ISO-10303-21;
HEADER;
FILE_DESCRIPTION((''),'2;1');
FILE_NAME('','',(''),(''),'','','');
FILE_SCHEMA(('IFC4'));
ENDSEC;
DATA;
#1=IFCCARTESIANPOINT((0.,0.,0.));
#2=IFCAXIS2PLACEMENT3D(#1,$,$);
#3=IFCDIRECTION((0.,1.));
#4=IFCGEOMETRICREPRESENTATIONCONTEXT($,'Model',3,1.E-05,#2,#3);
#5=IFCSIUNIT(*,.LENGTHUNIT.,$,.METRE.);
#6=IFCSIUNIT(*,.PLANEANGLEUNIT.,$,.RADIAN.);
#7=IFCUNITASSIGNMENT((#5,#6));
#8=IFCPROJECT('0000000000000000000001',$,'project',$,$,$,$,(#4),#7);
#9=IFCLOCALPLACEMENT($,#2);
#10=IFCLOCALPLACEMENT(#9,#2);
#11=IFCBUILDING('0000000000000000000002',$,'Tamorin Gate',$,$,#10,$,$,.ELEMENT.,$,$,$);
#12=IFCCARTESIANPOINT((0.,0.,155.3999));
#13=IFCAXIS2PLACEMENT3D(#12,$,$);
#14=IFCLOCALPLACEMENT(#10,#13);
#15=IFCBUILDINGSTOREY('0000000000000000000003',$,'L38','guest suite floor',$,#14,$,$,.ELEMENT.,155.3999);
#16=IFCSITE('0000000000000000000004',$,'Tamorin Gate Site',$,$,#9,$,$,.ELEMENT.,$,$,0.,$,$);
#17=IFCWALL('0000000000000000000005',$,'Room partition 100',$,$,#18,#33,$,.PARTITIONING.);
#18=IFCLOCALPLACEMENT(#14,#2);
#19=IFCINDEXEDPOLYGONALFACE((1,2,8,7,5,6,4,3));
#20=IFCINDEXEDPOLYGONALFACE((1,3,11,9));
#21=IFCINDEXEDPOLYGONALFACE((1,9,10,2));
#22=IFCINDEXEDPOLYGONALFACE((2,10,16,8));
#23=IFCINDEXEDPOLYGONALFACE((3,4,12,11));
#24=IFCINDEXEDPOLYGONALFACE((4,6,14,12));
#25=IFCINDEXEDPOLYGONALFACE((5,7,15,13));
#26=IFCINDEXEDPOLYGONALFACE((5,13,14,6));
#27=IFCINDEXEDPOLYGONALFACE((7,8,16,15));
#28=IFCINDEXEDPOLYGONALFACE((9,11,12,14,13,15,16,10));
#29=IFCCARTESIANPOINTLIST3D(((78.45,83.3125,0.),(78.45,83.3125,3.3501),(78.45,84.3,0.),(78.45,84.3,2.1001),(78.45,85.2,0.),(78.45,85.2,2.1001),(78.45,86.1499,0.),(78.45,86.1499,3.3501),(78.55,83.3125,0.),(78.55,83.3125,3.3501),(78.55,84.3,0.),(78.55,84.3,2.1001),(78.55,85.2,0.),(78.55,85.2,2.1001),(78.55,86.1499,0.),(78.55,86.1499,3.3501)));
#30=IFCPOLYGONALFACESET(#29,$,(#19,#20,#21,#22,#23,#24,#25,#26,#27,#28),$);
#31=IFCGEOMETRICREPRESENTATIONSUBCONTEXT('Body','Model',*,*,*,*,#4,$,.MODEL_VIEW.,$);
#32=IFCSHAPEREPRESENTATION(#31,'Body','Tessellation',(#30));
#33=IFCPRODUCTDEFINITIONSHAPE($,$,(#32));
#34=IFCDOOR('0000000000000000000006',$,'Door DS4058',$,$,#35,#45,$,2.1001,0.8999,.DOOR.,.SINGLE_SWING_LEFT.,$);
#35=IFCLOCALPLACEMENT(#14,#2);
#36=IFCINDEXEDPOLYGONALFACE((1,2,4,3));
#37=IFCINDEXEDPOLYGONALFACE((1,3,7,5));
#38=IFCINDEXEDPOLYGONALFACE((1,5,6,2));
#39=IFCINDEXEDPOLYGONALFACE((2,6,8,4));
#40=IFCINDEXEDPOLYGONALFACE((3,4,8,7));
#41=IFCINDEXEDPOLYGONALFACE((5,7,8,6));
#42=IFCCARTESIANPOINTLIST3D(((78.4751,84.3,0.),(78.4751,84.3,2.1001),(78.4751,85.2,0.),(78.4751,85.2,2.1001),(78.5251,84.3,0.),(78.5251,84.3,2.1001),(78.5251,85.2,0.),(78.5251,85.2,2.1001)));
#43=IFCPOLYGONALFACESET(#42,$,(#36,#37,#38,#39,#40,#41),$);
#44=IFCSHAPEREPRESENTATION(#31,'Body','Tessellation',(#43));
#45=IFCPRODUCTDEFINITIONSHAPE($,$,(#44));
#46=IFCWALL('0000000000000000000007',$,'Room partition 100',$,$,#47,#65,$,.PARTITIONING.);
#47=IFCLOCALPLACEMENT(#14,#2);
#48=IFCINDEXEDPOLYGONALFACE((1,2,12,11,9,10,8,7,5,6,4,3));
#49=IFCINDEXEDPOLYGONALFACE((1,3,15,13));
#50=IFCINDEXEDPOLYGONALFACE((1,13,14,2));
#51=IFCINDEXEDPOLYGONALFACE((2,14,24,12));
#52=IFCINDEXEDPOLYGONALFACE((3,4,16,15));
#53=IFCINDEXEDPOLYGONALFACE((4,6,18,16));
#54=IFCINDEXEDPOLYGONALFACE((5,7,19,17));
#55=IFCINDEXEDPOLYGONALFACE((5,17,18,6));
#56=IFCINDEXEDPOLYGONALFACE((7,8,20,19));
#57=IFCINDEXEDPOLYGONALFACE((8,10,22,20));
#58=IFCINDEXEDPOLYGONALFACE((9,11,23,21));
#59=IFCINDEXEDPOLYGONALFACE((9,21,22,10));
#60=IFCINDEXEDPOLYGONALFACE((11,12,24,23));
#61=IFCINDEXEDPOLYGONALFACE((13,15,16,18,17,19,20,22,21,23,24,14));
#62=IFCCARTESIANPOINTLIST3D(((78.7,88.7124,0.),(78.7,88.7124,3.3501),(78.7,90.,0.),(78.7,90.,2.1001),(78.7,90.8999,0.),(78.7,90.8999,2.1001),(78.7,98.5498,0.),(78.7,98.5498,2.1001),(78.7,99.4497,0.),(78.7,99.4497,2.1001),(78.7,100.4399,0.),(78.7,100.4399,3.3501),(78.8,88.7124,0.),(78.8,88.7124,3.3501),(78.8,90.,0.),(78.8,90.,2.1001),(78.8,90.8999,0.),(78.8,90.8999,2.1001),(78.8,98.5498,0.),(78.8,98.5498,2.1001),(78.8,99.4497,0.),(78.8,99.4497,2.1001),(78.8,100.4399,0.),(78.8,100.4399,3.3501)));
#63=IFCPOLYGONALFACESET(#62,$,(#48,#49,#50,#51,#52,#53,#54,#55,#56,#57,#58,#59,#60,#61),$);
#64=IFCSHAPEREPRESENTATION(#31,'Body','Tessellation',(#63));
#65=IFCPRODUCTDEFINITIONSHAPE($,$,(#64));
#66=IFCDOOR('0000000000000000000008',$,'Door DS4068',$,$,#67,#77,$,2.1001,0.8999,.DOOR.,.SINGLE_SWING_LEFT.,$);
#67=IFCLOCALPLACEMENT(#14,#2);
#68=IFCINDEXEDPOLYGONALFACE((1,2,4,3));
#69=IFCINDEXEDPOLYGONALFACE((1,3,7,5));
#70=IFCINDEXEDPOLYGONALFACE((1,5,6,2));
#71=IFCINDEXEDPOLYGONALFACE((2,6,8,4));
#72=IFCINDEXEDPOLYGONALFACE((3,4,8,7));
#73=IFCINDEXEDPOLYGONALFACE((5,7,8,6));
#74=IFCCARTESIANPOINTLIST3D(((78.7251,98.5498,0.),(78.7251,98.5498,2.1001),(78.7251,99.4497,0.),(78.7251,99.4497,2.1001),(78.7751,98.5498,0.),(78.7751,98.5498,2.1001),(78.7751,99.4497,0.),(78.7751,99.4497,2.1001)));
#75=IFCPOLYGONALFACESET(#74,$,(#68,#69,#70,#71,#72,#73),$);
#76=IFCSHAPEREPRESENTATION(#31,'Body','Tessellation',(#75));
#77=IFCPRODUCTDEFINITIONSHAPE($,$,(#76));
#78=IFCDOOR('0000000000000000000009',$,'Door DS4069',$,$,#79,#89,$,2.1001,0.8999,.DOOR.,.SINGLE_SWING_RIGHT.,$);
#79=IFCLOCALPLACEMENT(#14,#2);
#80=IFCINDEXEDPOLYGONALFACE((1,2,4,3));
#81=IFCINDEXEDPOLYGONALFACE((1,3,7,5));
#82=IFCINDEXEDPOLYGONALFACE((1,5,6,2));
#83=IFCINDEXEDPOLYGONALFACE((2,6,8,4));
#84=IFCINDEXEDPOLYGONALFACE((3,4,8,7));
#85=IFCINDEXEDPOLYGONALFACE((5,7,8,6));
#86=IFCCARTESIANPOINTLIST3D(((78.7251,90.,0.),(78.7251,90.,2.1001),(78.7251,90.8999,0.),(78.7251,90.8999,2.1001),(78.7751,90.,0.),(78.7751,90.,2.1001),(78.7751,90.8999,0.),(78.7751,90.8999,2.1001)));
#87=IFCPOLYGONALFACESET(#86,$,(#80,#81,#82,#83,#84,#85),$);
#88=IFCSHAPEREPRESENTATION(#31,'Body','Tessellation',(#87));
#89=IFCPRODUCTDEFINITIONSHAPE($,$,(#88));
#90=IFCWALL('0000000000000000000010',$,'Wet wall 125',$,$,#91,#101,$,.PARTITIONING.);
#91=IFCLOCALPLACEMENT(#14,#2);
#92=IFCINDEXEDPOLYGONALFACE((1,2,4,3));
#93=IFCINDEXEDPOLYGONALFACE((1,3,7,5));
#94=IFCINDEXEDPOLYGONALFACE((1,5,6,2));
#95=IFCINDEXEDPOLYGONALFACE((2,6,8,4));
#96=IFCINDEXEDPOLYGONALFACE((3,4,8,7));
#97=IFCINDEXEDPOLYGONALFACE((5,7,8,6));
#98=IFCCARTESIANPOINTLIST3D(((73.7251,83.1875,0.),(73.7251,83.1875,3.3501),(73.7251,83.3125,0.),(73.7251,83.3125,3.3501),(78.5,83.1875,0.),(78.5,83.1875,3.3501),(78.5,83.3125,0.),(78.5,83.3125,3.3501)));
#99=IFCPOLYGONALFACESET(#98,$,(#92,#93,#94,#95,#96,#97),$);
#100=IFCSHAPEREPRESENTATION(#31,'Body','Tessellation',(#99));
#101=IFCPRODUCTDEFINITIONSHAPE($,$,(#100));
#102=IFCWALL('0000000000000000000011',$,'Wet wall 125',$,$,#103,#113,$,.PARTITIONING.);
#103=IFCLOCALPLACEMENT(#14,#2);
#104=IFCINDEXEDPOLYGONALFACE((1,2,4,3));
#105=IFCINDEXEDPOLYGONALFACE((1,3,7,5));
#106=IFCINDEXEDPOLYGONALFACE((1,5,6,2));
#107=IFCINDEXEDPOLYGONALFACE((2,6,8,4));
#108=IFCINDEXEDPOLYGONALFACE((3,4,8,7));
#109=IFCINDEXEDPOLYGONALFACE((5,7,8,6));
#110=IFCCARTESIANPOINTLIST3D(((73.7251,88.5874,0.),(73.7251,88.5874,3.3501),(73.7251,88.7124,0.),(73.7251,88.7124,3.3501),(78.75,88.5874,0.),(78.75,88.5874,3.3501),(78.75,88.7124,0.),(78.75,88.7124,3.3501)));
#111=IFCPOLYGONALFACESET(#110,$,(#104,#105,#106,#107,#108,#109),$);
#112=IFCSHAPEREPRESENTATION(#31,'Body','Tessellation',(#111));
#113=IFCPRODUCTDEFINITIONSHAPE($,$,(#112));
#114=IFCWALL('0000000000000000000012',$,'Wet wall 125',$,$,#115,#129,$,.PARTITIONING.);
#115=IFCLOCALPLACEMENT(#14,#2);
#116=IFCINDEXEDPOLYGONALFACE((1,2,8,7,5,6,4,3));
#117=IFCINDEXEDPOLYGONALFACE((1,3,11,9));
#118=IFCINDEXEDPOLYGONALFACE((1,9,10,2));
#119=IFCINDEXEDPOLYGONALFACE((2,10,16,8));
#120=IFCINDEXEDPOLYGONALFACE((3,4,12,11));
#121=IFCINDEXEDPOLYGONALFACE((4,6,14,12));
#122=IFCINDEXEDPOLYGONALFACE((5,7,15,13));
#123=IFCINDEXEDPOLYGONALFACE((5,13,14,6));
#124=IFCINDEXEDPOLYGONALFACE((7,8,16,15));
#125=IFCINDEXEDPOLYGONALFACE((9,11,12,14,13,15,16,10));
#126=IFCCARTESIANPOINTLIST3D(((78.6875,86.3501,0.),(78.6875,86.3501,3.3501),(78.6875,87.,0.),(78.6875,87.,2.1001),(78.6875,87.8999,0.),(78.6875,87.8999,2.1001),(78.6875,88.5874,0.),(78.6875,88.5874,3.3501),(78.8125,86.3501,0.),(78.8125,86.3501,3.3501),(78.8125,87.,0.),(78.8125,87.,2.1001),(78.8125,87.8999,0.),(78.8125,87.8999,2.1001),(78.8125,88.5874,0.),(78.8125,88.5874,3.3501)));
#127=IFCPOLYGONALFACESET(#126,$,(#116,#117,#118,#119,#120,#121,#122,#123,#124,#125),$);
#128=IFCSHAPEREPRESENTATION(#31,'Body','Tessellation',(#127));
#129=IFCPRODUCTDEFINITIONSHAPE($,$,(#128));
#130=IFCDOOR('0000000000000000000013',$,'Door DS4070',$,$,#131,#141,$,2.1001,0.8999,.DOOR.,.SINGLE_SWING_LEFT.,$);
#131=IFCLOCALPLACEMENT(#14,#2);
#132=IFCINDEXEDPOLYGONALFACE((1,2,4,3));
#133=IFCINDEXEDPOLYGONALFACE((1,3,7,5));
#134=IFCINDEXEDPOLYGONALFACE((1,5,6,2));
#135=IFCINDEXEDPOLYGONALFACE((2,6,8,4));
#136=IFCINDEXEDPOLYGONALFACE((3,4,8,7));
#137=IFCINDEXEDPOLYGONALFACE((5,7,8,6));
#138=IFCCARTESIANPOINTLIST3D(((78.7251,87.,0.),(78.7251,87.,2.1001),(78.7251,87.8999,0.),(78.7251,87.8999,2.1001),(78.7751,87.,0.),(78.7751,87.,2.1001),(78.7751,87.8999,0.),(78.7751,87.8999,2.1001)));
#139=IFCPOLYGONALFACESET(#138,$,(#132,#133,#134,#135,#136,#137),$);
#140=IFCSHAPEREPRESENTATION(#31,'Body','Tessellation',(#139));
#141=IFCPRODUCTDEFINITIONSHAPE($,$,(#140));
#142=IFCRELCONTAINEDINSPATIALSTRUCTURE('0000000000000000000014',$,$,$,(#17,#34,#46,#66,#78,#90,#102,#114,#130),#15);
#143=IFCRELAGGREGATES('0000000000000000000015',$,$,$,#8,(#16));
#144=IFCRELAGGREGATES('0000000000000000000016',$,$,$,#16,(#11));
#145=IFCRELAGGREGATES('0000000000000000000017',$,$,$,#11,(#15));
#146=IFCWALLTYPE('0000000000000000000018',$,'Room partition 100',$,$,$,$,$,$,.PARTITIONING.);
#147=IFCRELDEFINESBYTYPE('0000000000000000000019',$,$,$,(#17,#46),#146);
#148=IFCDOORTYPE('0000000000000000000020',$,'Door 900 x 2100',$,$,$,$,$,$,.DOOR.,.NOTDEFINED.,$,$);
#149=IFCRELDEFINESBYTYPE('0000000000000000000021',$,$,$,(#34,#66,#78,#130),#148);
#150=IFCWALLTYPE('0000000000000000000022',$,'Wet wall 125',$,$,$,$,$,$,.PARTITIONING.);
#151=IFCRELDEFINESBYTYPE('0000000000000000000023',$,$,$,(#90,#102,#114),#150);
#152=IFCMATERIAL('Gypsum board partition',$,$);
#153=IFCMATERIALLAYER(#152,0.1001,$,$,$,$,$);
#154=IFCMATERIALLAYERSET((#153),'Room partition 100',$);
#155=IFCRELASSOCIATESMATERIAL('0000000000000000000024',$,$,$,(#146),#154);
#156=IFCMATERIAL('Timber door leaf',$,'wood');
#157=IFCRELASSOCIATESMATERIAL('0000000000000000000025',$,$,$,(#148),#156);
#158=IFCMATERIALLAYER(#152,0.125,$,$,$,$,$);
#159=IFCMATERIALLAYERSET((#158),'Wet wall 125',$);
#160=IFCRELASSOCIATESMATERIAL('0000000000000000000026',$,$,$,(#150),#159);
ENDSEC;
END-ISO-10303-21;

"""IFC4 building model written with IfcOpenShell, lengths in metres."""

from ifc_helpers import new_model, si_unit, direction, frame, frame_2d, origin, place, context, subcontext, project, spatial, rectangle, extrude, material, layer, layer_set, type_object, element, fill, save


model = new_model("IFC4")

# Units and contexts
model_context = context("Model", 3, precision=1e-05, world=origin(), true_north=direction((0.0, 1.0)))
body_context = subcontext(model_context, "Body", "Model", "MODEL_VIEW")
ifc_project = project(units=[si_unit("LENGTHUNIT", "METRE"), si_unit("PLANEANGLEUNIT", "RADIAN")], contexts=[model_context])

# Site, building, storey
site_placement = place(None, origin())
site = spatial("IfcSite", under=ifc_project, at=site_placement, Name="Tamorin Gate Site", CompositionType="ELEMENT", RefElevation=0.0)
building_placement = place(site_placement, origin())
building = spatial("IfcBuilding", under=site, at=building_placement, Name="Tamorin Gate", CompositionType="ELEMENT")
storey_placement = place(building_placement, frame((0.0, 0.0, 155.3999)))
storey = spatial("IfcBuildingStorey", under=building, at=storey_placement, Name="L38", Description="guest suite floor", CompositionType="ELEMENT", Elevation=155.3999)

# Shared definitions
ifc_material_1 = material(Name="Gypsum board partition")

# Wall, opening, door
ifc_layer_1 = layer(ifc_material_1, 0.1001)
ifc_layer_set_1 = layer_set([ifc_layer_1], Name="Room partition 100")
wall_type_1 = type_object("IfcWallType", Name="Room partition 100", PredefinedType="PARTITIONING", material=ifc_layer_set_1)
wall_1_placement = place(storey_placement, frame((78.5, 83.3125, 0.0), z_axis=(0.0, 0.0, 1.0), x_axis=(0.0, 1.0, 0.0)))
wall_1 = element("IfcWall", 1, at=wall_1_placement, inside=storey, type_object=wall_type_1, Name="Room partition 100", PredefinedType="PARTITIONING", context=body_context, shape_type="SweptSolid", body=[
    extrude(rectangle(XDim=2.8374, YDim=0.1001, at=frame_2d((1.4187, 0.0))), origin(), (0.0, 0.0, 1.0), 3.3501),
])
opening_1_placement = place(wall_1_placement, frame((0.9875, 0.0, 0.0)))
opening_1 = element("IfcOpeningElement", 2, at=opening_1_placement, cuts=wall_1, PredefinedType="OPENING", context=body_context, shape_type="SweptSolid", body=[
    extrude(rectangle(XDim=0.8999, YDim=2.1001, at=frame_2d((0.45, 1.05))), frame((0.0, 0.0601, 0.0), z_axis=(0.0, -1.0, 0.0), x_axis=(1.0, 0.0, 0.0)), (0.0, 0.0, 1.0), 0.1201),
])
ifc_material_2 = material(Name="Timber door leaf", Category="wood")
door_type = type_object("IfcDoorType", Name="Door 900 x 2100", OperationType="NOTDEFINED", PredefinedType="DOOR", material=ifc_material_2)
door_1_placement = place(opening_1_placement, origin())
door_1 = element("IfcDoor", 3, at=door_1_placement, inside=storey, type_object=door_type, Name="Door DS4058", OperationType="SINGLE_SWING_LEFT", OverallHeight=2.1001, OverallWidth=0.8999, PredefinedType="DOOR", context=body_context, shape_type="SweptSolid", body=[
    extrude(rectangle(XDim=0.8999, YDim=2.1001, at=frame_2d((0.45, 1.05))), frame((0.0, 0.0249, 0.0), z_axis=(0.0, -1.0, 0.0), x_axis=(1.0, 0.0, 0.0)), (0.0, 0.0, 1.0), 0.05),
])
fill(opening_1, door_1)

# Wall, openings, doors
wall_2_placement = place(storey_placement, frame((78.75, 88.7124, 0.0), z_axis=(0.0, 0.0, 1.0), x_axis=(0.0, 1.0, 0.0)))
wall_2 = element("IfcWall", 4, at=wall_2_placement, inside=storey, type_object=wall_type_1, Name="Room partition 100", PredefinedType="PARTITIONING", context=body_context, shape_type="SweptSolid", body=[
    extrude(rectangle(XDim=11.7275, YDim=0.1001, at=frame_2d((5.8638, 0.0))), origin(), (0.0, 0.0, 1.0), 3.3501),
])
opening_2_placement = place(wall_2_placement, frame((9.8374, 0.0, 0.0)))
opening_2 = element("IfcOpeningElement", 5, at=opening_2_placement, cuts=wall_2, PredefinedType="OPENING", context=body_context, shape_type="SweptSolid", body=[
    extrude(rectangle(XDim=0.8999, YDim=2.1001, at=frame_2d((0.45, 1.05))), frame((0.0, 0.0601, 0.0), z_axis=(0.0, -1.0, 0.0), x_axis=(1.0, 0.0, 0.0)), (0.0, 0.0, 1.0), 0.1201),
])
opening_3_placement = place(wall_2_placement, frame((1.2876, 0.0, 0.0)))
opening_3 = element("IfcOpeningElement", 6, at=opening_3_placement, cuts=wall_2, PredefinedType="OPENING", context=body_context, shape_type="SweptSolid", body=[
    extrude(rectangle(XDim=0.8999, YDim=2.1001, at=frame_2d((0.45, 1.05))), frame((0.0, 0.0601, 0.0), z_axis=(0.0, -1.0, 0.0), x_axis=(1.0, 0.0, 0.0)), (0.0, 0.0, 1.0), 0.1201),
])
door_2_placement = place(opening_2_placement, origin())
door_2 = element("IfcDoor", 7, at=door_2_placement, inside=storey, type_object=door_type, Name="Door DS4068", OperationType="SINGLE_SWING_LEFT", OverallHeight=2.1001, OverallWidth=0.8999, PredefinedType="DOOR", context=body_context, shape_type="SweptSolid", body=[
    extrude(rectangle(XDim=0.8999, YDim=2.1001, at=frame_2d((0.45, 1.05))), frame((0.0, 0.0249, 0.0), z_axis=(0.0, -1.0, 0.0), x_axis=(1.0, 0.0, 0.0)), (0.0, 0.0, 1.0), 0.05),
])
fill(opening_2, door_2)
door_3_placement = place(opening_3_placement, origin())
door_3 = element("IfcDoor", 8, at=door_3_placement, inside=storey, type_object=door_type, Name="Door DS4069", OperationType="SINGLE_SWING_RIGHT", OverallHeight=2.1001, OverallWidth=0.8999, PredefinedType="DOOR", context=body_context, shape_type="SweptSolid", body=[
    extrude(rectangle(XDim=0.8999, YDim=2.1001, at=frame_2d((0.45, 1.05))), frame((0.0, 0.0249, 0.0), z_axis=(0.0, -1.0, 0.0), x_axis=(1.0, 0.0, 0.0)), (0.0, 0.0, 1.0), 0.05),
])
fill(opening_3, door_3)

# Walls
ifc_layer_2 = layer(ifc_material_1, 0.125)
ifc_layer_set_2 = layer_set([ifc_layer_2], Name="Wet wall 125")
wall_type_2 = type_object("IfcWallType", Name="Wet wall 125", PredefinedType="PARTITIONING", material=ifc_layer_set_2)
wall_3_placement = place(storey_placement, frame((73.7251, 83.25, 0.0), z_axis=(0.0, 0.0, 1.0), x_axis=(1.0, 0.0, 0.0)))
element("IfcWall", 9, at=wall_3_placement, inside=storey, type_object=wall_type_2, Name="Wet wall 125", PredefinedType="PARTITIONING", context=body_context, shape_type="SweptSolid", body=[
    extrude(rectangle(XDim=4.7749, YDim=0.125, at=frame_2d((2.3875, 0.0))), origin(), (0.0, 0.0, 1.0), 3.3501),
])
wall_4_placement = place(storey_placement, frame((73.7251, 88.6499, 0.0), z_axis=(0.0, 0.0, 1.0), x_axis=(1.0, 0.0, 0.0)))
element("IfcWall", 10, at=wall_4_placement, inside=storey, type_object=wall_type_2, Name="Wet wall 125", PredefinedType="PARTITIONING", context=body_context, shape_type="SweptSolid", body=[
    extrude(rectangle(XDim=5.0249, YDim=0.125, at=frame_2d((2.5125, 0.0))), origin(), (0.0, 0.0, 1.0), 3.3501),
])

# Wall, opening, door
wall_5_placement = place(storey_placement, frame((78.75, 86.3501, 0.0), z_axis=(0.0, 0.0, 1.0), x_axis=(0.0, 1.0, 0.0)))
wall_5 = element("IfcWall", 11, at=wall_5_placement, inside=storey, type_object=wall_type_2, Name="Wet wall 125", PredefinedType="PARTITIONING", context=body_context, shape_type="SweptSolid", body=[
    extrude(rectangle(XDim=2.2373, YDim=0.125, at=frame_2d((1.1187, 0.0))), origin(), (0.0, 0.0, 1.0), 3.3501),
])
opening_4_placement = place(wall_5_placement, frame((0.6499, 0.0, 0.0)))
opening_4 = element("IfcOpeningElement", 12, at=opening_4_placement, cuts=wall_5, PredefinedType="OPENING", context=body_context, shape_type="SweptSolid", body=[
    extrude(rectangle(XDim=0.8999, YDim=2.1001, at=frame_2d((0.45, 1.05))), frame((0.0, 0.0725, 0.0), z_axis=(0.0, -1.0, 0.0), x_axis=(1.0, 0.0, 0.0)), (0.0, 0.0, 1.0), 0.145),
])
door_4_placement = place(opening_4_placement, origin())
door_4 = element("IfcDoor", 13, at=door_4_placement, inside=storey, type_object=door_type, Name="Door DS4070", OperationType="SINGLE_SWING_LEFT", OverallHeight=2.1001, OverallWidth=0.8999, PredefinedType="DOOR", context=body_context, shape_type="SweptSolid", body=[
    extrude(rectangle(XDim=0.8999, YDim=2.1001, at=frame_2d((0.45, 1.05))), frame((0.0, 0.0249, 0.0), z_axis=(0.0, -1.0, 0.0), x_axis=(1.0, 0.0, 0.0)), (0.0, 0.0, 1.0), 0.05),
])
fill(opening_4, door_4)

save(model, "model.ifc")
